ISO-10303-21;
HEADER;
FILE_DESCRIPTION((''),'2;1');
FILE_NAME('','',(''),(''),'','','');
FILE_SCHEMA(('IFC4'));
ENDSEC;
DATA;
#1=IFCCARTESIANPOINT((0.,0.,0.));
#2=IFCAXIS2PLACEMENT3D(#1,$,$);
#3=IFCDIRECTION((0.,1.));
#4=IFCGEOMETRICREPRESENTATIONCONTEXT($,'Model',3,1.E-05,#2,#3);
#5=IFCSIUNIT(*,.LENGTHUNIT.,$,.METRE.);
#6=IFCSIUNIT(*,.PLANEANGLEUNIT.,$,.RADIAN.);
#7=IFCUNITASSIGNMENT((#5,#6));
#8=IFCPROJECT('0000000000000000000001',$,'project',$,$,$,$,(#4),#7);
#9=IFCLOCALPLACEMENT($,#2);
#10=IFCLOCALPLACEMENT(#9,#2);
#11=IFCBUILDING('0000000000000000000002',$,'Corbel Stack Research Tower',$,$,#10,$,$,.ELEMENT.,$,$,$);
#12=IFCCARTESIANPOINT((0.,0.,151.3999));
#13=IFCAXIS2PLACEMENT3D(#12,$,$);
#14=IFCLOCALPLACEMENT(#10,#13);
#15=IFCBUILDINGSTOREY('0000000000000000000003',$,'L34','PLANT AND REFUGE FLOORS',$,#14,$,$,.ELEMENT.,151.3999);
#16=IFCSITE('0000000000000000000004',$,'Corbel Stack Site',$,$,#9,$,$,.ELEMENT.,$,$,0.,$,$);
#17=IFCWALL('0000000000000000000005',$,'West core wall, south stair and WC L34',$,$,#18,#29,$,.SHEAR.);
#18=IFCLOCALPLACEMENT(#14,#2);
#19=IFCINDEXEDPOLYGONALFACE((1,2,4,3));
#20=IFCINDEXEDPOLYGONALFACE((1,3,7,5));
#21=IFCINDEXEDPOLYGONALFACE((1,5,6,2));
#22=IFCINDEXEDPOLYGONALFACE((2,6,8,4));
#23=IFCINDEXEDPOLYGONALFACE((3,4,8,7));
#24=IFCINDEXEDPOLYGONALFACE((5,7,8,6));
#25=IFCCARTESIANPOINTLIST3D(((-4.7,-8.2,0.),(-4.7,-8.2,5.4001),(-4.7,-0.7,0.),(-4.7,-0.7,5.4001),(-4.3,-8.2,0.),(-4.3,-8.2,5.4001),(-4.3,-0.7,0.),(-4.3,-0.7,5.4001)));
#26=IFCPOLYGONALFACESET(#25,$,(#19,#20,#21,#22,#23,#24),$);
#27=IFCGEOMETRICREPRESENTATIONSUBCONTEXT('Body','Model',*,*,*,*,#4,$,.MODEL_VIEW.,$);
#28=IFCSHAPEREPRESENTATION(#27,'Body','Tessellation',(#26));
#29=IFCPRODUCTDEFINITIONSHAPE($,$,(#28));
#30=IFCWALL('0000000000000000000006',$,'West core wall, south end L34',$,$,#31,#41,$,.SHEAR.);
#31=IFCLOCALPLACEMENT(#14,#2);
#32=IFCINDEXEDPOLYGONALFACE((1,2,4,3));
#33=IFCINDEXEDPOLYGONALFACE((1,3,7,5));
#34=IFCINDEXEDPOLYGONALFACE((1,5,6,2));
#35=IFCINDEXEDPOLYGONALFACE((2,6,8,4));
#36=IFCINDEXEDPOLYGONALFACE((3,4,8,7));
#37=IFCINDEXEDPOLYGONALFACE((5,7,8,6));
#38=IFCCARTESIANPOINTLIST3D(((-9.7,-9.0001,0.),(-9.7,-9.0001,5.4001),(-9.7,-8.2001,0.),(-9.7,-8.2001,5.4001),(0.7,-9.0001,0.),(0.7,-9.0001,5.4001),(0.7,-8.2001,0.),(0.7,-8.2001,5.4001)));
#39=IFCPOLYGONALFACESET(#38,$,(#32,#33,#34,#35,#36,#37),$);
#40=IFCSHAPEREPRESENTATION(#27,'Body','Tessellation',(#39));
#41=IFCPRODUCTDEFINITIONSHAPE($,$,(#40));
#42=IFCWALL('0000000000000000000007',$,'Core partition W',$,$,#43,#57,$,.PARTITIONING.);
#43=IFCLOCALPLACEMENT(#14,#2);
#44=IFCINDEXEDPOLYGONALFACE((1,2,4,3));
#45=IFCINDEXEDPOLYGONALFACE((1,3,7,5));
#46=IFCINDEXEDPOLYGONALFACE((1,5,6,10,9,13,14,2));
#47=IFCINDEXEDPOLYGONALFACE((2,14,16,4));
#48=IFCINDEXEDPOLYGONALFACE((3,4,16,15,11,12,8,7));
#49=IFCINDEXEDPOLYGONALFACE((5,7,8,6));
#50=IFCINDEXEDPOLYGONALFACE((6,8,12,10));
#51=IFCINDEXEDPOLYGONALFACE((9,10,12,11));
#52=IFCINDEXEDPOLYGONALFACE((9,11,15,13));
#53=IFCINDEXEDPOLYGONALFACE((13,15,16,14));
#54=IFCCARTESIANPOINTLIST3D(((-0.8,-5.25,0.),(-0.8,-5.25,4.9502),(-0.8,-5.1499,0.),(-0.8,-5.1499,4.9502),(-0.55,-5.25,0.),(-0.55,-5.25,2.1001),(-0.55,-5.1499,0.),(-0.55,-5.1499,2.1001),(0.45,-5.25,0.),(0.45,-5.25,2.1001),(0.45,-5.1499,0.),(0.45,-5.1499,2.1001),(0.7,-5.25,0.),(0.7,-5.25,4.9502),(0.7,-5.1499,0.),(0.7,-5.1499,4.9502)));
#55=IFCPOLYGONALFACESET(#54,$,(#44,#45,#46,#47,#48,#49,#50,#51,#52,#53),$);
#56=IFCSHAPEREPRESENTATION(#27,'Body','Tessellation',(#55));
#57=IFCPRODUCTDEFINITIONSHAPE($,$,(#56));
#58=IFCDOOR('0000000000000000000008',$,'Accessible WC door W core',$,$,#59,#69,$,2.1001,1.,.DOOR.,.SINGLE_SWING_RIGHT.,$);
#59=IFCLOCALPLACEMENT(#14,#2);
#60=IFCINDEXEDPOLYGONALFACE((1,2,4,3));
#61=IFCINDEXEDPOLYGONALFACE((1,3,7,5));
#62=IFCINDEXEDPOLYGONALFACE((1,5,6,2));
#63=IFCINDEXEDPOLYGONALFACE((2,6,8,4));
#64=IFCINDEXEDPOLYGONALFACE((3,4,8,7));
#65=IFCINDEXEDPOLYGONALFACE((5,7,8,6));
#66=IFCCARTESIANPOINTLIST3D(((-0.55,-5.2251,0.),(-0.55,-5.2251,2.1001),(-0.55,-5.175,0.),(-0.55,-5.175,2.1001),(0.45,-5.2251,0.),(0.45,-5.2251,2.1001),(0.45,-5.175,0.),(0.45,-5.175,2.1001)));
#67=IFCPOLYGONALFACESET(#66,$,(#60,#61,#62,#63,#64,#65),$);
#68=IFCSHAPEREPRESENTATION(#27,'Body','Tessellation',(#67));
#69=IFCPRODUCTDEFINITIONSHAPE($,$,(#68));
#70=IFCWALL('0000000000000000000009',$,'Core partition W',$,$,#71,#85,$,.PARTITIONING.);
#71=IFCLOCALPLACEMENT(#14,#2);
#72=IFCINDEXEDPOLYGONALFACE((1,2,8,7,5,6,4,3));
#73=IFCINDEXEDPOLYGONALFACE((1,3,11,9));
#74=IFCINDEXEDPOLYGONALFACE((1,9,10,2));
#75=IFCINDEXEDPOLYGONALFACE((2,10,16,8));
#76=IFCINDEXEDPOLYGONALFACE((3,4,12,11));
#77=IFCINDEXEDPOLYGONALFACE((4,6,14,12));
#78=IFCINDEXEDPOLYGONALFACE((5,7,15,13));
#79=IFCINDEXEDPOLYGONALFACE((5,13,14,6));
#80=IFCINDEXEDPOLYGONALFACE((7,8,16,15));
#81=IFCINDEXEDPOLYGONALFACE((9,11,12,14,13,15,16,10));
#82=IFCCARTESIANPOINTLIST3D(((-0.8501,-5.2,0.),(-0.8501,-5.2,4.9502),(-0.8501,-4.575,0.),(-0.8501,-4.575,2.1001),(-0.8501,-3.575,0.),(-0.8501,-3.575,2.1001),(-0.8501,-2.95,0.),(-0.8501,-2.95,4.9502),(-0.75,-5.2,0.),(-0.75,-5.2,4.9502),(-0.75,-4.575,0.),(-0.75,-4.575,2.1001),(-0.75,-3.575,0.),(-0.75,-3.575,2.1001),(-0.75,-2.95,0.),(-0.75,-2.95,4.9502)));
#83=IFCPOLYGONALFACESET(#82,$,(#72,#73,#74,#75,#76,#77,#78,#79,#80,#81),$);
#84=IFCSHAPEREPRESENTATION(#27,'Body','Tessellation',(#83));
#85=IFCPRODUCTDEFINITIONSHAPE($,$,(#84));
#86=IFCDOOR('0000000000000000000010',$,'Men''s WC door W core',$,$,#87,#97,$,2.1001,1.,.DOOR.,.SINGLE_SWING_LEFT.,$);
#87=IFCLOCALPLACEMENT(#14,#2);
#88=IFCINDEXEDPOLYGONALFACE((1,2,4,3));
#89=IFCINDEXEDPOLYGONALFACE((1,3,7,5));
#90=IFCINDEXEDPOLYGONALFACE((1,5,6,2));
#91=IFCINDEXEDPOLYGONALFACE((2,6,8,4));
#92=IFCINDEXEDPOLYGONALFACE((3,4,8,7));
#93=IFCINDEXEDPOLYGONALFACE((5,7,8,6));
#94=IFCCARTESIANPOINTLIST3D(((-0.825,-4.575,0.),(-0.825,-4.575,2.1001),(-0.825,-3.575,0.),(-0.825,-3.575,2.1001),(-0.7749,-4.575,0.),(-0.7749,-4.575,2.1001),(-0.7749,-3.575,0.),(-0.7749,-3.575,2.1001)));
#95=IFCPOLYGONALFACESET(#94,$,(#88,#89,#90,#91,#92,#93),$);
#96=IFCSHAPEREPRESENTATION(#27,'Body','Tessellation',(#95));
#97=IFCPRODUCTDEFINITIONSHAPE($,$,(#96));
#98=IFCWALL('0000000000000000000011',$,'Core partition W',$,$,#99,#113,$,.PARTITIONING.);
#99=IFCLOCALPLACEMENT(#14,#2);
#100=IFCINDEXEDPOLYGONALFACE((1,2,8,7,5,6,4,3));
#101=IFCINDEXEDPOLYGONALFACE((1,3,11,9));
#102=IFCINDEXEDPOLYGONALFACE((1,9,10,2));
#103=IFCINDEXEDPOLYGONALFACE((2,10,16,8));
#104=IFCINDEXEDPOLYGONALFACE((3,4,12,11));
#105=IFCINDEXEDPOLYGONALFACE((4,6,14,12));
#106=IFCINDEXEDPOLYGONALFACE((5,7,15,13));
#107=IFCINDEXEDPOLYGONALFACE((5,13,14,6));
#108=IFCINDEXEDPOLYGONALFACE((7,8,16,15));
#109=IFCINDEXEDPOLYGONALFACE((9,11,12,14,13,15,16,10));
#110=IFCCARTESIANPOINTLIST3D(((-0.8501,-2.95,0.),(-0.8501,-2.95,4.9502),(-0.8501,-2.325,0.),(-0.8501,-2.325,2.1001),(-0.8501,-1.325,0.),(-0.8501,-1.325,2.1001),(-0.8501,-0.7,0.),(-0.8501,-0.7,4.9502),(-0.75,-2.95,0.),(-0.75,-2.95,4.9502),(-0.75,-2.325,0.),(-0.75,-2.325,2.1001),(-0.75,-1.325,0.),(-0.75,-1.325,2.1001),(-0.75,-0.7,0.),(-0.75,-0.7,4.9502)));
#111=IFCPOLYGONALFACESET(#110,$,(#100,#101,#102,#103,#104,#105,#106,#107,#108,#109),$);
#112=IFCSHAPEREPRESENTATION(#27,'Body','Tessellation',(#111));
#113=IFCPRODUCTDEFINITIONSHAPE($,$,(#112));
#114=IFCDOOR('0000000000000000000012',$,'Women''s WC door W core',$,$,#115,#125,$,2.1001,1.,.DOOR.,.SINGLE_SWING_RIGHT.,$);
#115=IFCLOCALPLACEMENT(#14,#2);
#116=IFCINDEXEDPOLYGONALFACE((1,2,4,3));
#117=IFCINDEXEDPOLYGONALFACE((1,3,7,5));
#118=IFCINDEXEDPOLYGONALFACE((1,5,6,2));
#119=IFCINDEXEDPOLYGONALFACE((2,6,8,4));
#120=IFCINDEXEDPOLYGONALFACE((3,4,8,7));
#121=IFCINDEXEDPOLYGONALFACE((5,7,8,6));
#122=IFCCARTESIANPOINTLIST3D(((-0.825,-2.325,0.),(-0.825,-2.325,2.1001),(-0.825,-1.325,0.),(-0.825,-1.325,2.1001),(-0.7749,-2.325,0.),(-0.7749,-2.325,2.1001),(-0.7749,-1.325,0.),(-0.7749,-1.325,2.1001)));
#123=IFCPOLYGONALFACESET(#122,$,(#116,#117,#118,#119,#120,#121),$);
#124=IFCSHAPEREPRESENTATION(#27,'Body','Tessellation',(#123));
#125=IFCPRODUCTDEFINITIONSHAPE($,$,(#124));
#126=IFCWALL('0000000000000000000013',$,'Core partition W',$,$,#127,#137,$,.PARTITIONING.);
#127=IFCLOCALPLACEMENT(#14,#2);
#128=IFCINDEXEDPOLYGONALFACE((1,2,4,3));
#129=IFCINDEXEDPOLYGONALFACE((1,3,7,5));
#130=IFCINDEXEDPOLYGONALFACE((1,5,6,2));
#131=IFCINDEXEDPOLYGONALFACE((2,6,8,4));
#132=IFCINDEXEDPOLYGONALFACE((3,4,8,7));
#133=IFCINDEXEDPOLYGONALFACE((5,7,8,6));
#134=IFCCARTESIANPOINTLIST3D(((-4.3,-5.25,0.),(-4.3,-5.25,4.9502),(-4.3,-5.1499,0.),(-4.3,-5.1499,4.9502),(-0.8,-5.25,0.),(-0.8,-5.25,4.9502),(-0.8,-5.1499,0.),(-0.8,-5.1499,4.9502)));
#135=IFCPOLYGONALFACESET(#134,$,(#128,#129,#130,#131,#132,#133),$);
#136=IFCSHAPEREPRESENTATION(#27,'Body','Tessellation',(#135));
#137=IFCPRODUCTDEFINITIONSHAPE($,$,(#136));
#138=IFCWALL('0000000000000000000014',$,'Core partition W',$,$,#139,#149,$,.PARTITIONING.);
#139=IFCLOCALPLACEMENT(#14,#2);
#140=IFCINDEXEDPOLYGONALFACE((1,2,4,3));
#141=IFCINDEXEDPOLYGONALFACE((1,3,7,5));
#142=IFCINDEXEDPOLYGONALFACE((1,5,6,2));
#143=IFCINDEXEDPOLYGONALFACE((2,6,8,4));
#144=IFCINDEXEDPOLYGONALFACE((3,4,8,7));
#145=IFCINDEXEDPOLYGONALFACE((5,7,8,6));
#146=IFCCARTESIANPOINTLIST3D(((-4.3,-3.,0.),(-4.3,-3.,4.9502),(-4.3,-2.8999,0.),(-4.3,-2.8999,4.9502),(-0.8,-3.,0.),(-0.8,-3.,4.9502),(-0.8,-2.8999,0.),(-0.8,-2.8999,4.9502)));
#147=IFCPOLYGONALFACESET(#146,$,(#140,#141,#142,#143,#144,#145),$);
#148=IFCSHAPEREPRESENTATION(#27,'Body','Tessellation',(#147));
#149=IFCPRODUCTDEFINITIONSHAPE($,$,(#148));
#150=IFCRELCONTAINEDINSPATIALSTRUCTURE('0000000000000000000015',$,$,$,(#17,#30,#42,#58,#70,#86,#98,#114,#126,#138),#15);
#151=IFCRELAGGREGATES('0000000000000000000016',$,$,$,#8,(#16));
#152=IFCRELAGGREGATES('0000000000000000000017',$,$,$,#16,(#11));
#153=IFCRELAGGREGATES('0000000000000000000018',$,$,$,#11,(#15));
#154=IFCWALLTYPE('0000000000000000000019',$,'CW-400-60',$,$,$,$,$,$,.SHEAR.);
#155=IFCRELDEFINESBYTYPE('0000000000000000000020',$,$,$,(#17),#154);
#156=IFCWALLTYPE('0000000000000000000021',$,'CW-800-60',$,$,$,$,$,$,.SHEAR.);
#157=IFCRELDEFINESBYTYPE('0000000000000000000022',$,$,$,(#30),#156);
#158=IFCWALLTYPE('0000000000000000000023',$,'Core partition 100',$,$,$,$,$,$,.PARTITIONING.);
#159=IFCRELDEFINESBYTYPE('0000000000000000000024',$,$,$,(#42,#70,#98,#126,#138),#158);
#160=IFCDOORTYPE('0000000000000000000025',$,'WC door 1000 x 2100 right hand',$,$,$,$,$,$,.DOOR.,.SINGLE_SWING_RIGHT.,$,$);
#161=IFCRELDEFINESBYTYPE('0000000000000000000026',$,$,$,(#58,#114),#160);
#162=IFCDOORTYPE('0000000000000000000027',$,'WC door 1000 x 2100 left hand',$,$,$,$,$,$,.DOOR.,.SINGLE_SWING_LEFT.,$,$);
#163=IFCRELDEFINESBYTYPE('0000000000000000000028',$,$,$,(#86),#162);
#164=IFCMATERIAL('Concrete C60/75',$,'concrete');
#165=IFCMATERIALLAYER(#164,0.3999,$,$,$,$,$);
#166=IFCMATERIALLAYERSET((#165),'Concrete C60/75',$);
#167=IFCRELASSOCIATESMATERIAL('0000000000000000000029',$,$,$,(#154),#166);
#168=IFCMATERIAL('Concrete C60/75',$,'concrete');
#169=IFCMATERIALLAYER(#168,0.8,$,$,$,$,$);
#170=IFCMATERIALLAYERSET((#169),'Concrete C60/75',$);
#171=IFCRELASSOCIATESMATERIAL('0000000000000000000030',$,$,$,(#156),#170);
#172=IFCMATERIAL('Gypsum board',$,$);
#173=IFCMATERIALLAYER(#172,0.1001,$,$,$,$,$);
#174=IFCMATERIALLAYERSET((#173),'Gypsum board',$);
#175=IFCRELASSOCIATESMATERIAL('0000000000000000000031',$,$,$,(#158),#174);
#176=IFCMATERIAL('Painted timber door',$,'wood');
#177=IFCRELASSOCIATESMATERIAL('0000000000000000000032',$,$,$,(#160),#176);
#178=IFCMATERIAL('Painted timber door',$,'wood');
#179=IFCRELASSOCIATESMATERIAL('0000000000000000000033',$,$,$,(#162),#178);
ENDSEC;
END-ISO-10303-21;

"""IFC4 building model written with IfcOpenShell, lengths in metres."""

from ifc_helpers import new_model, si_unit, direction, frame, frame_2d, origin, place, context, subcontext, project, spatial, rectangle, extrude, material, layer, layer_set, type_object, element, fill, save


model = new_model("IFC4")

# Units and contexts
model_context = context("Model", 3, precision=1e-05, world=origin(), true_north=direction((0.0, 1.0)))
body_context = subcontext(model_context, "Body", "Model", "MODEL_VIEW")
ifc_project = project(units=[si_unit("LENGTHUNIT", "METRE"), si_unit("PLANEANGLEUNIT", "RADIAN")], contexts=[model_context])

# Site, building, storey
site_placement = place(None, origin())
site = spatial("IfcSite", under=ifc_project, at=site_placement, Name="Corbel Stack Site", CompositionType="ELEMENT", RefElevation=0.0)
building_placement = place(site_placement, origin())
building = spatial("IfcBuilding", under=site, at=building_placement, Name="Corbel Stack Research Tower", CompositionType="ELEMENT")
storey_placement = place(building_placement, frame((0.0, 0.0, 151.3999)))
storey = spatial("IfcBuildingStorey", under=building, at=storey_placement, Name="L34", Description="PLANT AND REFUGE FLOORS", CompositionType="ELEMENT", Elevation=151.3999)

# Walls
ifc_material_1 = material(Name="Concrete C60/75", Category="concrete")
ifc_layer_1 = layer(ifc_material_1, 0.3999)
ifc_layer_set_1 = layer_set([ifc_layer_1], Name="Concrete C60/75")
wall_type_1 = type_object("IfcWallType", Name="CW-400-60", PredefinedType="SHEAR", material=ifc_layer_set_1)
wall_1_placement = place(storey_placement, frame((-4.5, -8.2, 0.0), z_axis=(0.0, 0.0, 1.0), x_axis=(0.0, 1.0, 0.0)))
element("IfcWall", 1, at=wall_1_placement, inside=storey, type_object=wall_type_1, Name="West core wall, south stair and WC L34", PredefinedType="SHEAR", context=body_context, shape_type="SweptSolid", body=[
    extrude(rectangle(XDim=7.5, YDim=0.3999, at=frame_2d((3.75, 0.0))), origin(), (0.0, 0.0, 1.0), 5.4001),
])
ifc_material_2 = material(Name="Concrete C60/75", Category="concrete")
ifc_layer_2 = layer(ifc_material_2, 0.8)
ifc_layer_set_2 = layer_set([ifc_layer_2], Name="Concrete C60/75")
wall_type_2 = type_object("IfcWallType", Name="CW-800-60", PredefinedType="SHEAR", material=ifc_layer_set_2)
wall_2_placement = place(storey_placement, frame((-9.7, -8.6001, 0.0), z_axis=(0.0, 0.0, 1.0), x_axis=(1.0, 0.0, 0.0)))
element("IfcWall", 2, at=wall_2_placement, inside=storey, type_object=wall_type_2, Name="West core wall, south end L34", PredefinedType="SHEAR", context=body_context, shape_type="SweptSolid", body=[
    extrude(rectangle(XDim=10.3999, YDim=0.8, at=frame_2d((5.2, 0.0))), origin(), (0.0, 0.0, 1.0), 5.4001),
])

# Walls, openings, doors
ifc_material_3 = material(Name="Gypsum board")
ifc_layer_3 = layer(ifc_material_3, 0.1001)
ifc_layer_set_3 = layer_set([ifc_layer_3], Name="Gypsum board")
wall_type_3 = type_object("IfcWallType", Name="Core partition 100", PredefinedType="PARTITIONING", material=ifc_layer_set_3)
wall_3_placement = place(storey_placement, frame((-0.8, -5.2, 0.0), z_axis=(0.0, 0.0, 1.0), x_axis=(1.0, 0.0, 0.0)))
wall_3 = element("IfcWall", 3, at=wall_3_placement, inside=storey, type_object=wall_type_3, Name="Core partition W", PredefinedType="PARTITIONING", context=body_context, shape_type="SweptSolid", body=[
    extrude(rectangle(XDim=1.5, YDim=0.1001, at=frame_2d((0.75, 0.0))), origin(), (0.0, 0.0, 1.0), 4.9502),
])
opening_1_placement = place(wall_3_placement, frame((0.25, 0.0, 0.0)))
opening_1 = element("IfcOpeningElement", 4, at=opening_1_placement, cuts=wall_3, PredefinedType="OPENING", context=body_context, shape_type="SweptSolid", body=[
    extrude(rectangle(XDim=1.0, YDim=2.1001, at=frame_2d((0.5, 1.05))), frame((0.0, 0.0601, 0.0), z_axis=(0.0, -1.0, 0.0), x_axis=(1.0, 0.0, 0.0)), (0.0, 0.0, 1.0), 0.1201),
])
ifc_material_4 = material(Name="Painted timber door", Category="wood")
door_type_1 = type_object("IfcDoorType", Name="WC door 1000 x 2100 right hand", OperationType="SINGLE_SWING_RIGHT", PredefinedType="DOOR", material=ifc_material_4)
door_1_placement = place(opening_1_placement, origin())
door_1 = element("IfcDoor", 5, at=door_1_placement, inside=storey, type_object=door_type_1, Name="Accessible WC door W core", OperationType="SINGLE_SWING_RIGHT", OverallHeight=2.1001, OverallWidth=1.0, PredefinedType="DOOR", context=body_context, shape_type="SweptSolid", body=[
    extrude(rectangle(XDim=1.0, YDim=2.1001, at=frame_2d((0.5, 1.05))), frame((0.0, 0.0249, 0.0), z_axis=(0.0, -1.0, 0.0), x_axis=(1.0, 0.0, 0.0)), (0.0, 0.0, 1.0), 0.05),
])
fill(opening_1, door_1)
wall_4_placement = place(storey_placement, frame((-0.8, -5.2, 0.0), z_axis=(0.0, 0.0, 1.0), x_axis=(0.0, 1.0, 0.0)))
wall_4 = element("IfcWall", 6, at=wall_4_placement, inside=storey, type_object=wall_type_3, Name="Core partition W", PredefinedType="PARTITIONING", context=body_context, shape_type="SweptSolid", body=[
    extrude(rectangle(XDim=2.25, YDim=0.1001, at=frame_2d((1.125, 0.0))), origin(), (0.0, 0.0, 1.0), 4.9502),
])
opening_2_placement = place(wall_4_placement, frame((0.625, 0.0, 0.0)))
opening_2 = element("IfcOpeningElement", 7, at=opening_2_placement, cuts=wall_4, PredefinedType="OPENING", context=body_context, shape_type="SweptSolid", body=[
    extrude(rectangle(XDim=1.0, YDim=2.1001, at=frame_2d((0.5, 1.05))), frame((0.0, 0.0601, 0.0), z_axis=(0.0, -1.0, 0.0), x_axis=(1.0, 0.0, 0.0)), (0.0, 0.0, 1.0), 0.1201),
])
ifc_material_5 = material(Name="Painted timber door", Category="wood")
door_type_2 = type_object("IfcDoorType", Name="WC door 1000 x 2100 left hand", OperationType="SINGLE_SWING_LEFT", PredefinedType="DOOR", material=ifc_material_5)
door_2_placement = place(opening_2_placement, origin())
door_2 = element("IfcDoor", 8, at=door_2_placement, inside=storey, type_object=door_type_2, Name="Men's WC door W core", OperationType="SINGLE_SWING_LEFT", OverallHeight=2.1001, OverallWidth=1.0, PredefinedType="DOOR", context=body_context, shape_type="SweptSolid", body=[
    extrude(rectangle(XDim=1.0, YDim=2.1001, at=frame_2d((0.5, 1.05))), frame((0.0, 0.0249, 0.0), z_axis=(0.0, -1.0, 0.0), x_axis=(1.0, 0.0, 0.0)), (0.0, 0.0, 1.0), 0.05),
])
fill(opening_2, door_2)
wall_5_placement = place(storey_placement, frame((-0.8, -2.95, 0.0), z_axis=(0.0, 0.0, 1.0), x_axis=(0.0, 1.0, 0.0)))
wall_5 = element("IfcWall", 9, at=wall_5_placement, inside=storey, type_object=wall_type_3, Name="Core partition W", PredefinedType="PARTITIONING", context=body_context, shape_type="SweptSolid", body=[
    extrude(rectangle(XDim=2.25, YDim=0.1001, at=frame_2d((1.125, 0.0))), origin(), (0.0, 0.0, 1.0), 4.9502),
])
opening_3_placement = place(wall_5_placement, frame((0.625, 0.0, 0.0)))
opening_3 = element("IfcOpeningElement", 10, at=opening_3_placement, cuts=wall_5, PredefinedType="OPENING", context=body_context, shape_type="SweptSolid", body=[
    extrude(rectangle(XDim=1.0, YDim=2.1001, at=frame_2d((0.5, 1.05))), frame((0.0, 0.0601, 0.0), z_axis=(0.0, -1.0, 0.0), x_axis=(1.0, 0.0, 0.0)), (0.0, 0.0, 1.0), 0.1201),
])
door_3_placement = place(opening_3_placement, origin())
door_3 = element("IfcDoor", 11, at=door_3_placement, inside=storey, type_object=door_type_1, Name="Women's WC door W core", OperationType="SINGLE_SWING_RIGHT", OverallHeight=2.1001, OverallWidth=1.0, PredefinedType="DOOR", context=body_context, shape_type="SweptSolid", body=[
    extrude(rectangle(XDim=1.0, YDim=2.1001, at=frame_2d((0.5, 1.05))), frame((0.0, 0.0249, 0.0), z_axis=(0.0, -1.0, 0.0), x_axis=(1.0, 0.0, 0.0)), (0.0, 0.0, 1.0), 0.05),
])
fill(opening_3, door_3)

# Walls
for number, where, z_axis, x_axis, name in (
    (12, (-4.3, -5.2, 0.0), (0.0, 0.0, 1.0), (1.0, 0.0, 0.0), "Core partition W"),
    (13, (-4.3, -2.95, 0.0), (0.0, 0.0, 1.0), (1.0, 0.0, 0.0), "Core partition W"),
):
    element("IfcWall", number, at=place(storey_placement, frame(where, z_axis=z_axis, x_axis=x_axis)), inside=storey, type_object=wall_type_3, Name=name, PredefinedType="PARTITIONING", context=body_context, shape_type="SweptSolid", body=[
        extrude(rectangle(XDim=3.5, YDim=0.1001, at=frame_2d((1.75, 0.0))), origin(), (0.0, 0.0, 1.0), 4.9502),
    ])

save(model, "model.ifc")
